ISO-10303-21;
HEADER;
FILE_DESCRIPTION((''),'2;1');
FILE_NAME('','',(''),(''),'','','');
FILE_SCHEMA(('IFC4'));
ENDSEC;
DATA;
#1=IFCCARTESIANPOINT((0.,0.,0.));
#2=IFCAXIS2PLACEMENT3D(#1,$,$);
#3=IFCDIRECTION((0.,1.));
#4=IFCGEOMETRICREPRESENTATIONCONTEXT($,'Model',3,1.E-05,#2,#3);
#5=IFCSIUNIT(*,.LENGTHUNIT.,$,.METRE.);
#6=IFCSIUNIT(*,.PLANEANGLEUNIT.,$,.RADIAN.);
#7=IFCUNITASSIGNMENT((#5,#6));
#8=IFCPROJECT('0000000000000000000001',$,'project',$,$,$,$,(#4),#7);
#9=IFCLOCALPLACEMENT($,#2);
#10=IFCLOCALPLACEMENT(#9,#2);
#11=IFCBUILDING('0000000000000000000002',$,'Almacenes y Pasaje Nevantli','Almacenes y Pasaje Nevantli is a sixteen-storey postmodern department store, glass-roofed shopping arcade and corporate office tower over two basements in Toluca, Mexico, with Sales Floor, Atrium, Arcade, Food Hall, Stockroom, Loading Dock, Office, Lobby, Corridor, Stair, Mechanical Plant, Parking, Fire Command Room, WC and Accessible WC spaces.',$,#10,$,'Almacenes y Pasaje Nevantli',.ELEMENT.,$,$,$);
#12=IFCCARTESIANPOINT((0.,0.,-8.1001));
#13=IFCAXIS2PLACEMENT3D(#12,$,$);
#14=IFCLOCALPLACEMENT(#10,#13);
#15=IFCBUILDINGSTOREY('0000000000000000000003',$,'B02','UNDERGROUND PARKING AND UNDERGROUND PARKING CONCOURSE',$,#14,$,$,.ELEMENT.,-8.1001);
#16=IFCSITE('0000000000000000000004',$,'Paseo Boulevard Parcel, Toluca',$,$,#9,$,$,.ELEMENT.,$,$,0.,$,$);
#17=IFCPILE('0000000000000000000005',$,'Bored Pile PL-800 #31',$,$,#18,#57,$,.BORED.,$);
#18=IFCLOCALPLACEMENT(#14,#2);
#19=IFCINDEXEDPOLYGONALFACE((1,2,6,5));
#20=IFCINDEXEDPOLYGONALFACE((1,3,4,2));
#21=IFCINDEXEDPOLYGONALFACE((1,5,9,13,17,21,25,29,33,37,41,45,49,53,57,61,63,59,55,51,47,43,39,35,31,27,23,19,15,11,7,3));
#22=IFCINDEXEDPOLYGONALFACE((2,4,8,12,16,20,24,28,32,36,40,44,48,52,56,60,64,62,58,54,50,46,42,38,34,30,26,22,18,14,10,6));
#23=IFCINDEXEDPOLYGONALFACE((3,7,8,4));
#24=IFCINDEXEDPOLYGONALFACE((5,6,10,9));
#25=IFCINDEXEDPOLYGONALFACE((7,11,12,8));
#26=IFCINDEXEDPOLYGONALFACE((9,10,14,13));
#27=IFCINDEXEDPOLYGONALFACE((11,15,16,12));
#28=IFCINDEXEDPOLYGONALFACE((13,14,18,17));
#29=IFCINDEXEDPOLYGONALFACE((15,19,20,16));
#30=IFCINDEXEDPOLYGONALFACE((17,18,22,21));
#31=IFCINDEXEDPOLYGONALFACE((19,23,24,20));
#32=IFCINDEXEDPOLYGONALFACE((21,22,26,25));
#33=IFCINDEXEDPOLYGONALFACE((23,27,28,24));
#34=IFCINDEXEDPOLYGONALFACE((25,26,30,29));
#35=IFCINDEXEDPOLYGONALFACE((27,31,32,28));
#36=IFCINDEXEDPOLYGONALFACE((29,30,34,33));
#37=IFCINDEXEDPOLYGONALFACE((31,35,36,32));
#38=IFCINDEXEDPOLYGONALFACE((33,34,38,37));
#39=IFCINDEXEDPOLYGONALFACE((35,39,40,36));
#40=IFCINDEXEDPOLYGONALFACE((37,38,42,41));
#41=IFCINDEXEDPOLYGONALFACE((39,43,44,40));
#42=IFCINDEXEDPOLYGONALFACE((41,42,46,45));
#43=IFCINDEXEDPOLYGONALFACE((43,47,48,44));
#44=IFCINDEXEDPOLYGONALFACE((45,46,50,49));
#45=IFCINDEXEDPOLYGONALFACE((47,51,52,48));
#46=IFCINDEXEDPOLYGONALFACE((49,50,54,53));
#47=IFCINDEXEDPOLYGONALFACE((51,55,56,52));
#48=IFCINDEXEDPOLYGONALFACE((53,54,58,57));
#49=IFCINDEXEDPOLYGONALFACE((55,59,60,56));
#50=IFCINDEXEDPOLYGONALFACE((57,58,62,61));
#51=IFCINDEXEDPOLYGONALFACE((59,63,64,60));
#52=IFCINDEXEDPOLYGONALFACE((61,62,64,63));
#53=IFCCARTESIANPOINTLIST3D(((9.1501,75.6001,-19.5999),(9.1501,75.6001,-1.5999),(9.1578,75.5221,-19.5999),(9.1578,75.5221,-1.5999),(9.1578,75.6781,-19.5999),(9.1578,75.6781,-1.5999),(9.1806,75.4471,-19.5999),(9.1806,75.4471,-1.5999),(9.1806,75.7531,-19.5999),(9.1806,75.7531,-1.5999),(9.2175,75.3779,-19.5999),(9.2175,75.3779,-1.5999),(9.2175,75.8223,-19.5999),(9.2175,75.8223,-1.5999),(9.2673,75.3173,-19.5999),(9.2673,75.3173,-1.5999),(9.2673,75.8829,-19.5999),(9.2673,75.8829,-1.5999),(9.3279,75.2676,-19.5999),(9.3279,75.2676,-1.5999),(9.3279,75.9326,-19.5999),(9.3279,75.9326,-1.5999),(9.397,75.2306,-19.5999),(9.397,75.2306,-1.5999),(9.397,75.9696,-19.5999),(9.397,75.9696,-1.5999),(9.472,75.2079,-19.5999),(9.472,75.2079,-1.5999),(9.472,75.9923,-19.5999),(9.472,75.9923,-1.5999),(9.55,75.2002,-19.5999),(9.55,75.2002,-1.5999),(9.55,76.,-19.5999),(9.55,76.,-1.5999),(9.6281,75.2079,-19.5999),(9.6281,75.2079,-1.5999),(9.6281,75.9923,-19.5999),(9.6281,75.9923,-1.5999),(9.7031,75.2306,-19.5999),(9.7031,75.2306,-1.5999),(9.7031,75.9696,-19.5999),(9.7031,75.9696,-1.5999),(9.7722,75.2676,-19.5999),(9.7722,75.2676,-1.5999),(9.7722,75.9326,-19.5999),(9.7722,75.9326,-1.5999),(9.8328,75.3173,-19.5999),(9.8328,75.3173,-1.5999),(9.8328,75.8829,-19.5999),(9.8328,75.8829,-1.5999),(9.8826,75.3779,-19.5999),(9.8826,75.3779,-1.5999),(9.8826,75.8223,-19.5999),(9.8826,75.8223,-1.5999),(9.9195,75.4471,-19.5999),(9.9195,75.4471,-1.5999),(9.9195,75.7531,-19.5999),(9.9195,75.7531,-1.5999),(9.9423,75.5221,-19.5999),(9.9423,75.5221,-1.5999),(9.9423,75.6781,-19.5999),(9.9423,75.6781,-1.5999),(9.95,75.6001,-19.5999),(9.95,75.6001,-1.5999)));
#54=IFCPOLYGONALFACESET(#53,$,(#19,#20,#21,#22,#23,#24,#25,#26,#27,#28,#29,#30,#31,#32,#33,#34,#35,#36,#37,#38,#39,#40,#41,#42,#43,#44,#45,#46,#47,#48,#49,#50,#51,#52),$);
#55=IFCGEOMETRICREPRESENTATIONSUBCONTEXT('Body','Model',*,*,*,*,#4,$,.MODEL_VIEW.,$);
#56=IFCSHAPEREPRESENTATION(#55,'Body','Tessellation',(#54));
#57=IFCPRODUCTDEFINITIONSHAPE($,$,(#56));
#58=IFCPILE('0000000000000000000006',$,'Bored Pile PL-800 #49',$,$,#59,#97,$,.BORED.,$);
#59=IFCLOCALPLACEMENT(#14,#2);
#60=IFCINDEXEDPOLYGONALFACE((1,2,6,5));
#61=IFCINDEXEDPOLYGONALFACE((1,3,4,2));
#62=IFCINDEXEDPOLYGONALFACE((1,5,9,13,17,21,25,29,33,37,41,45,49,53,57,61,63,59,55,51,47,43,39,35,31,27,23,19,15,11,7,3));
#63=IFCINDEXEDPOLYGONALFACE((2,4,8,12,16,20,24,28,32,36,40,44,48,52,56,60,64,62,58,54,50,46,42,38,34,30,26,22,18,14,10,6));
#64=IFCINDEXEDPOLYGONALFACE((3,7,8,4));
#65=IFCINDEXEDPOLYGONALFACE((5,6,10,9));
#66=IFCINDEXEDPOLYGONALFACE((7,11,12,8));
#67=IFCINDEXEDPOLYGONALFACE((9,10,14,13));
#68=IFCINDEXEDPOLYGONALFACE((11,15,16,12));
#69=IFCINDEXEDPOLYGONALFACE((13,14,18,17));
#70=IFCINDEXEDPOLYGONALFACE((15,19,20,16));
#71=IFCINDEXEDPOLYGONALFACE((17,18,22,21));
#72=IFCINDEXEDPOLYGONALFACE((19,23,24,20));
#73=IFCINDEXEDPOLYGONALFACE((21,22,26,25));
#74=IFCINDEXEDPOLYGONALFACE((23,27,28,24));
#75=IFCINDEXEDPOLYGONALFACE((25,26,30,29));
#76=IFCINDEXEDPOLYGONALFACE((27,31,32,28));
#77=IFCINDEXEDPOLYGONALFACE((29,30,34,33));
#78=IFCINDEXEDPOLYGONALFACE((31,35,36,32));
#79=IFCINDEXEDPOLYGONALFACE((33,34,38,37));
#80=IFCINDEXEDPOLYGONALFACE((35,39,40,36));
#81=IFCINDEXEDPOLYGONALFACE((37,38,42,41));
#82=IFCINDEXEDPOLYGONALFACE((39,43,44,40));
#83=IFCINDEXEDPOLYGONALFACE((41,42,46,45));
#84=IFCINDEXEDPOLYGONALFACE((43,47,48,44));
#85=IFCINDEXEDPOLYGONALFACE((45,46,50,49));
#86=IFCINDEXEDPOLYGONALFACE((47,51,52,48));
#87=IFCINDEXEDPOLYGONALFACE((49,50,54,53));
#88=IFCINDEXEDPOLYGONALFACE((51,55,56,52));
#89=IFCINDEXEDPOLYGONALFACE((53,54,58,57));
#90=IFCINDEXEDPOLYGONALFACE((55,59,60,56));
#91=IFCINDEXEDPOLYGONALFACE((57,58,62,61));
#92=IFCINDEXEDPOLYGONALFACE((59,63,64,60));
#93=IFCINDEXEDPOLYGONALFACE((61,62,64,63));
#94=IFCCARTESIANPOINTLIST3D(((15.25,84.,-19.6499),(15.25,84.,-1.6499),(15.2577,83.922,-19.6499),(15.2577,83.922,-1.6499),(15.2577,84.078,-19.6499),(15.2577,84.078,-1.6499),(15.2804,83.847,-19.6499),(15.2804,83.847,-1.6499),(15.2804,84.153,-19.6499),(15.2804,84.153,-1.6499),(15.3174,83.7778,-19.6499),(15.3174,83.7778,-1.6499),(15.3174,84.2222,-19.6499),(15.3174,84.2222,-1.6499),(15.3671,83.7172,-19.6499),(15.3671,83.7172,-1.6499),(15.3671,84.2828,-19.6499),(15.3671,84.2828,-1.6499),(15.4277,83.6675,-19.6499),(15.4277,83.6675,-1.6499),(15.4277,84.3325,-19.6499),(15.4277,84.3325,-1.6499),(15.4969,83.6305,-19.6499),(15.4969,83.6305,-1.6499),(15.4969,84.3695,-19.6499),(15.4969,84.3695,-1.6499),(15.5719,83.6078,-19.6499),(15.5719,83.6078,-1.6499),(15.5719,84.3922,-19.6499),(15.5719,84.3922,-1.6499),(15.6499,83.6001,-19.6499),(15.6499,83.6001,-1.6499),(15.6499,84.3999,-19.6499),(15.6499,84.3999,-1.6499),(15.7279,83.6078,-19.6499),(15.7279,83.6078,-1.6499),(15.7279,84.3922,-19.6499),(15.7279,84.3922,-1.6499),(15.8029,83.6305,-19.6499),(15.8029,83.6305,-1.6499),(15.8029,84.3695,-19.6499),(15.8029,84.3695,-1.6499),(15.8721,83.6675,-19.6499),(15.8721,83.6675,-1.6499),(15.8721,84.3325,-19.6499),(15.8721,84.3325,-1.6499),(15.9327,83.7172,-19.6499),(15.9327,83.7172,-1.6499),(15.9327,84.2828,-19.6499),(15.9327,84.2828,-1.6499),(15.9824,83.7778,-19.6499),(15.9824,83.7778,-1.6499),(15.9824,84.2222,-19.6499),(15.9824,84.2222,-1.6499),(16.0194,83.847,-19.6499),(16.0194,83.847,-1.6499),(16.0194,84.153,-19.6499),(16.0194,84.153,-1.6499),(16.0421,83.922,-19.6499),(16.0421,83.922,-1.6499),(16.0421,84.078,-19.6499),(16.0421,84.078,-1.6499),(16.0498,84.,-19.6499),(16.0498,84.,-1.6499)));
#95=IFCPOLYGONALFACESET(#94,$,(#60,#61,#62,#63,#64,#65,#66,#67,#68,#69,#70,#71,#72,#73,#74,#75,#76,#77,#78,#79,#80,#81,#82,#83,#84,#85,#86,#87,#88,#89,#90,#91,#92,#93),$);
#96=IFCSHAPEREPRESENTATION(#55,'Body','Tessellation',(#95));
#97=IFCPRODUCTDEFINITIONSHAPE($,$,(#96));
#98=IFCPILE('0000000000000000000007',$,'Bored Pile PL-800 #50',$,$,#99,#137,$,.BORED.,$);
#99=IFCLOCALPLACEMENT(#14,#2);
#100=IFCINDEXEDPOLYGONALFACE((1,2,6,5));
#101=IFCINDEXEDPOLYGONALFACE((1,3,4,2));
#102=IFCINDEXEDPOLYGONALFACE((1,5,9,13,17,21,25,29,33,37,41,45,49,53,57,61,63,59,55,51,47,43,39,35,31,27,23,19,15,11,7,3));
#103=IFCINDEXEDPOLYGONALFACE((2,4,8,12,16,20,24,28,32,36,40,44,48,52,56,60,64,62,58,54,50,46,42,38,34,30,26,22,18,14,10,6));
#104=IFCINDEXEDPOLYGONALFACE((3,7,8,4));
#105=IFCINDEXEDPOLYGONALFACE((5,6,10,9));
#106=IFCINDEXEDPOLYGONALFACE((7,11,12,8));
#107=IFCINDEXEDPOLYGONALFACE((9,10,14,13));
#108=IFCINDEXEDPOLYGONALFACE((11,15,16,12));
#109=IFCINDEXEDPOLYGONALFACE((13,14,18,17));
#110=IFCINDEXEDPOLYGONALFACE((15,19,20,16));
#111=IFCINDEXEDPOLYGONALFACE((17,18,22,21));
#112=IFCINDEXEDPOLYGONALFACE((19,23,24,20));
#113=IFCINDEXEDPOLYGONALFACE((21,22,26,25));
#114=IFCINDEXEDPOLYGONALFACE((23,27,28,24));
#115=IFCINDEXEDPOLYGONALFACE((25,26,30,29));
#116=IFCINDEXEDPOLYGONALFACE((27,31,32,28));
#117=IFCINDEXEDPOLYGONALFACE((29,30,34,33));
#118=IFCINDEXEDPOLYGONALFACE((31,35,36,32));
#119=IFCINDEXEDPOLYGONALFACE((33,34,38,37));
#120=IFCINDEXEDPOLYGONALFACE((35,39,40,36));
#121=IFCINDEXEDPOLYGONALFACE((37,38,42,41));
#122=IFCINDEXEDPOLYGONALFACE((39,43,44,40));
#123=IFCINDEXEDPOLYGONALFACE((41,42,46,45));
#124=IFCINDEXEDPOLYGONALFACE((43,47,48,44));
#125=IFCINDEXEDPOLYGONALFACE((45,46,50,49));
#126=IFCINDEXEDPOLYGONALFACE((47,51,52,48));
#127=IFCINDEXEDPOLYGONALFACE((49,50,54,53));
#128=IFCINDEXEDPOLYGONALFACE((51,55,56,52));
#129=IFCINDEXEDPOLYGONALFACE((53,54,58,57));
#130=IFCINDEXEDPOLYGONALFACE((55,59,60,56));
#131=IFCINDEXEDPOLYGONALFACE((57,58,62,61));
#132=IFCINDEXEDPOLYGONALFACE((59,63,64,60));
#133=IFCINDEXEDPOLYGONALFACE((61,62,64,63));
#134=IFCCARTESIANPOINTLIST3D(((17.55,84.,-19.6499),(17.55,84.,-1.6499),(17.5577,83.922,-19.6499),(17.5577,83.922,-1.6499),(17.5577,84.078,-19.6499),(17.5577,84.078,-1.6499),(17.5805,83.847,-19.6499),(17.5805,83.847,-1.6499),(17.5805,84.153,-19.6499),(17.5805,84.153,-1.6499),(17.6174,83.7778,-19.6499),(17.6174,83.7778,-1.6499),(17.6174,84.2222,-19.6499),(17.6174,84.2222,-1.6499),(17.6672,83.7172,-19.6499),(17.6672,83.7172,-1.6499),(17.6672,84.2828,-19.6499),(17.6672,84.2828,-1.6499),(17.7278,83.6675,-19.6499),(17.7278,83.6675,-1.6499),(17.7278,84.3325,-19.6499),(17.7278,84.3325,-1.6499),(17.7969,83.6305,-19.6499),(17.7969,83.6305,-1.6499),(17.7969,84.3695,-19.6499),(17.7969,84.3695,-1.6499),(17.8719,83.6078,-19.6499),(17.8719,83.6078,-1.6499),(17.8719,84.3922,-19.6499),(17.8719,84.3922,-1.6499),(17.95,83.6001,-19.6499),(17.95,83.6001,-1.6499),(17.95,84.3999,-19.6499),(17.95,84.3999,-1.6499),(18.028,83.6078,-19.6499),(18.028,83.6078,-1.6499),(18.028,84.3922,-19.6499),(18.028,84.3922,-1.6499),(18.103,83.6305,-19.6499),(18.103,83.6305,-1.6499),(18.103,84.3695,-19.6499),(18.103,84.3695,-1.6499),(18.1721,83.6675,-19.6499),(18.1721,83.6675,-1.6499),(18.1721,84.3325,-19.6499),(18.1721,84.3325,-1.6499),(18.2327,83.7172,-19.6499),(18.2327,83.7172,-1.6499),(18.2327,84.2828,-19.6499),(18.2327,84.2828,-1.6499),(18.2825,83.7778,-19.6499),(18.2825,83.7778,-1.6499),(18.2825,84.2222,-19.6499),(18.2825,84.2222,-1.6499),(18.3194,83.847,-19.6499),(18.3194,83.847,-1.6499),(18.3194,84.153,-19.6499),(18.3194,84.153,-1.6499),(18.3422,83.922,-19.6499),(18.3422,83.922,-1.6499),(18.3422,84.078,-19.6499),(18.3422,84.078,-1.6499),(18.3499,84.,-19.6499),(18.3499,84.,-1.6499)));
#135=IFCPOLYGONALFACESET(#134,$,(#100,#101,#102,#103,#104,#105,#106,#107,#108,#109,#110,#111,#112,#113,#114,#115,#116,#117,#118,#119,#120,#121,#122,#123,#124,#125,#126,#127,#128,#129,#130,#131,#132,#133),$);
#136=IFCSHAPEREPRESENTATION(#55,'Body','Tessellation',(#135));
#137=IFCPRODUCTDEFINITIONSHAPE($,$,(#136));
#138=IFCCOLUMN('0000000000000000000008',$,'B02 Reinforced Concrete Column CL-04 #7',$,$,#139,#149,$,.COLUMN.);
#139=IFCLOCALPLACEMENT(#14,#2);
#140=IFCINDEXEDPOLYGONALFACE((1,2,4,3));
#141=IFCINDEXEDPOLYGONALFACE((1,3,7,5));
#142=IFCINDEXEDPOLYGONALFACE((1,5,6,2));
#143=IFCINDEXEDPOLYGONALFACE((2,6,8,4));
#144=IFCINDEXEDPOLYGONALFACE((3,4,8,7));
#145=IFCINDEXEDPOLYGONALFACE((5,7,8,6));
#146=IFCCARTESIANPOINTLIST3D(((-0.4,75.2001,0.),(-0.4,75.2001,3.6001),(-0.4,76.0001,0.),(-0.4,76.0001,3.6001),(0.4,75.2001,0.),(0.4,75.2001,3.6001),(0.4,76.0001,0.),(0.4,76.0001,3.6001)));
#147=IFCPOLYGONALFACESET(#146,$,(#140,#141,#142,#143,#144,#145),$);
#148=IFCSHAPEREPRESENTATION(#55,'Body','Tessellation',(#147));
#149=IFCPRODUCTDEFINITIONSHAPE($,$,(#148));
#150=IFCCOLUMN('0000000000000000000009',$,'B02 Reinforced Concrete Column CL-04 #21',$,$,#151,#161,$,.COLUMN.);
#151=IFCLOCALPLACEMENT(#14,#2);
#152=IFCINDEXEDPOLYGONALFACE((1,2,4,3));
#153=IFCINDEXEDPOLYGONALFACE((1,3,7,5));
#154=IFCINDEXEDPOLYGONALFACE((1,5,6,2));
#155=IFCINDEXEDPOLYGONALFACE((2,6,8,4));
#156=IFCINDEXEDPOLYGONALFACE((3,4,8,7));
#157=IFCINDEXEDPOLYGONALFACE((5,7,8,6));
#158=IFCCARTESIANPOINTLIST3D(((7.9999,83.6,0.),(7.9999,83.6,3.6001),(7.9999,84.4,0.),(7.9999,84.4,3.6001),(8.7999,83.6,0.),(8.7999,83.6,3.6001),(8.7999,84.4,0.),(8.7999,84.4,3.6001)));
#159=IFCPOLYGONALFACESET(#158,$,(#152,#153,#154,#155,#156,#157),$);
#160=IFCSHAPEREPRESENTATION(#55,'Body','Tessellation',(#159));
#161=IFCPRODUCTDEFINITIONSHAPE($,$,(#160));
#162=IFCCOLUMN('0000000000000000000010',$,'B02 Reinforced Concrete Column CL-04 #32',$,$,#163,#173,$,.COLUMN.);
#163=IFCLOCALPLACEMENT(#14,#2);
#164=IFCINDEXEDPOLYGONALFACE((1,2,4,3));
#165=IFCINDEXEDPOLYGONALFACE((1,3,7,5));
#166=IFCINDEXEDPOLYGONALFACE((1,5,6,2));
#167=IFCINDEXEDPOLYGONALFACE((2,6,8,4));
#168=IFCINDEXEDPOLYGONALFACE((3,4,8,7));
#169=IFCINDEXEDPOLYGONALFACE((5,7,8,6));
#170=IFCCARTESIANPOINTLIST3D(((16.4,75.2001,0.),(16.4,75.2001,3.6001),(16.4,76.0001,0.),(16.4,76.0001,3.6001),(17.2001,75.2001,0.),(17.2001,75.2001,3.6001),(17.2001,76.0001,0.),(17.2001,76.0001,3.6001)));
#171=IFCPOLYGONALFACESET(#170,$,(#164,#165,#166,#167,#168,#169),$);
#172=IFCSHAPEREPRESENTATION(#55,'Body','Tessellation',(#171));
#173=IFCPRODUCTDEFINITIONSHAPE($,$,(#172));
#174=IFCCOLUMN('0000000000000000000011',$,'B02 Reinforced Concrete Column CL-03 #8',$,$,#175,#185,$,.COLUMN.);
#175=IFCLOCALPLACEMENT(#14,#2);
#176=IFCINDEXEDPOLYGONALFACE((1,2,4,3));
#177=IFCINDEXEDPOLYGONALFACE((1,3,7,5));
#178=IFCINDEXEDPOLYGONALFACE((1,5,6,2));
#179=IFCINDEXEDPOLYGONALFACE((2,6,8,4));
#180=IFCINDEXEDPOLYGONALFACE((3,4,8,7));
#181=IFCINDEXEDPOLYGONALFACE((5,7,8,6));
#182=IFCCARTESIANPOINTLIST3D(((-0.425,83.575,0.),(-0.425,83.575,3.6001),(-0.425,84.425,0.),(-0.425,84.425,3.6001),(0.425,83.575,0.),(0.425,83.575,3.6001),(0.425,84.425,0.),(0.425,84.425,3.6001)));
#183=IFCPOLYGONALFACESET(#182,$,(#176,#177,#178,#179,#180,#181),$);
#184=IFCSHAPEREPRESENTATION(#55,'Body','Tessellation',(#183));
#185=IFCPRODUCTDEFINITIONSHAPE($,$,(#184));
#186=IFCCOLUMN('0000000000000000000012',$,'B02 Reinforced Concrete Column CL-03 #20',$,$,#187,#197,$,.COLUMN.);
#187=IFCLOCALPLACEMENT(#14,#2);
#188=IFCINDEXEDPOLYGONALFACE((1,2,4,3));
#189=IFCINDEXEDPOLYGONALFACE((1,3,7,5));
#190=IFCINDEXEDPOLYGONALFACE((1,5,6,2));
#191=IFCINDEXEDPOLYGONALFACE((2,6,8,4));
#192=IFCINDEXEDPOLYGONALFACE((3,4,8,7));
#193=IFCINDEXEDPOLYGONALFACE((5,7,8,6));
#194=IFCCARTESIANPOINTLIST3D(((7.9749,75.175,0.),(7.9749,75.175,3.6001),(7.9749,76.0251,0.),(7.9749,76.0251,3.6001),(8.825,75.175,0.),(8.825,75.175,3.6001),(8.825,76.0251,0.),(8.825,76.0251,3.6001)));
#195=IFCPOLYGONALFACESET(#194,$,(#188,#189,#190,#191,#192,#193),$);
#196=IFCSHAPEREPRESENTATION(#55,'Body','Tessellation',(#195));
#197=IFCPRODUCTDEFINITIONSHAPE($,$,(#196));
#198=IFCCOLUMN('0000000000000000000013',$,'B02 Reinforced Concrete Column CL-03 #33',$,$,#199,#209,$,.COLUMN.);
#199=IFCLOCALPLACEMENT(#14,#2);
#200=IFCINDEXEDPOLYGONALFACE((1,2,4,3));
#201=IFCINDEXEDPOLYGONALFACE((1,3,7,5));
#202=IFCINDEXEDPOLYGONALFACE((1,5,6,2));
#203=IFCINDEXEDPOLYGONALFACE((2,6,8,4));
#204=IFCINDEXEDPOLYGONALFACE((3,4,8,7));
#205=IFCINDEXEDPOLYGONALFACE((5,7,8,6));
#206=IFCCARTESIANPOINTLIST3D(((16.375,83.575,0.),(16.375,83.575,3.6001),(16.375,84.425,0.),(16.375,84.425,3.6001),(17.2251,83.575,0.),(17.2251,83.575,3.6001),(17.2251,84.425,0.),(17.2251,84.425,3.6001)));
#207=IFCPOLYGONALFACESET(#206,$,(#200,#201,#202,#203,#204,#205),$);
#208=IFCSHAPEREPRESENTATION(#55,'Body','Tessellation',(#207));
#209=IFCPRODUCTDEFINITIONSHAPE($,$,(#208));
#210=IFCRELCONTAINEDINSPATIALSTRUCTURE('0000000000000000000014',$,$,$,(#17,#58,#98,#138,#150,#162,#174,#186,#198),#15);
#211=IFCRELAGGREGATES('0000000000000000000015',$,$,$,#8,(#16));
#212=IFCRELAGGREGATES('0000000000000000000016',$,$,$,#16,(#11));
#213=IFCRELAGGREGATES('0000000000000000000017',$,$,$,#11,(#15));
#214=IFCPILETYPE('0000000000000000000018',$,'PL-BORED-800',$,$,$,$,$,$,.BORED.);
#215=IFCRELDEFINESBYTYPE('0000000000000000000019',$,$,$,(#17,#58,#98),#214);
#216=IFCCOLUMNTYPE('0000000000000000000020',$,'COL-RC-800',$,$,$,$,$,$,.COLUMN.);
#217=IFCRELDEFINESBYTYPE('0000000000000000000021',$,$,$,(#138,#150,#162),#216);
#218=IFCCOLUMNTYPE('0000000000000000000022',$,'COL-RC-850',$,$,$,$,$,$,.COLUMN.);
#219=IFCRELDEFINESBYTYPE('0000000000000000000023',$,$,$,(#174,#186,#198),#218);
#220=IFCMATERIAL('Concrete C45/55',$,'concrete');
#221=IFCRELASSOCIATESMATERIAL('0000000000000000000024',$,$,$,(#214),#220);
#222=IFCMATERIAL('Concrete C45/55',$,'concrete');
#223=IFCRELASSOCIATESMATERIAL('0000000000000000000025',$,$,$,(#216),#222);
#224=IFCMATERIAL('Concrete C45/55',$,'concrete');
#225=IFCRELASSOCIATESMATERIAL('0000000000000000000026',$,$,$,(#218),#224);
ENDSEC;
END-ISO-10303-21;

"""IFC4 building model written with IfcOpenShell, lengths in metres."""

from ifc_helpers import new_model, si_unit, direction, frame, origin, origin_2d, place, context, subcontext, project, spatial, rectangle, circle, extrude, material, material_profile, profile_set, type_object, element, save


model = new_model("IFC4")

# Units and contexts
model_context = context("Model", 3, precision=1e-05, world=origin(), true_north=direction((0.0, 1.0)))
body_context = subcontext(model_context, "Body", "Model", "MODEL_VIEW")
ifc_project = project(units=[si_unit("LENGTHUNIT", "METRE"), si_unit("PLANEANGLEUNIT", "RADIAN")], contexts=[model_context])

# Site, building, storey
site_placement = place(None, origin())
site = spatial("IfcSite", under=ifc_project, at=site_placement, Name="Paseo Boulevard Parcel, Toluca", CompositionType="ELEMENT", RefElevation=0.0)
building_placement = place(site_placement, origin())
building = spatial("IfcBuilding", under=site, at=building_placement, Name="Almacenes y Pasaje Nevantli", Description="Almacenes y Pasaje Nevantli is a sixteen-storey postmodern department store, glass-roofed shopping arcade and corporate office tower over two basements in Toluca, Mexico, with Sales Floor, Atrium, Arcade, Food Hall, Stockroom, Loading Dock, Office, Lobby, Corridor, Stair, Mechanical Plant, Parking, Fire Command Room, WC and Accessible WC spaces.", LongName="Almacenes y Pasaje Nevantli", CompositionType="ELEMENT")
storey_placement = place(building_placement, frame((0.0, 0.0, -8.1001)))
storey = spatial("IfcBuildingStorey", under=building, at=storey_placement, Name="B02", Description="UNDERGROUND PARKING AND UNDERGROUND PARKING CONCOURSE", CompositionType="ELEMENT", Elevation=-8.1001)

# Piles
ifc_material_1 = material(Name="Concrete C45/55", Category="concrete")
ifc_material_profile_1 = material_profile(ifc_material_1, circle(Radius=0.3999, at=origin_2d()), Name="RC-PILE-D800")
ifc_profile_set_1 = profile_set([ifc_material_profile_1], Name="Concrete C45/55")
pile_type_1 = type_object("IfcPileType", Name="PL-BORED-800", PredefinedType="BORED", material=ifc_profile_set_1)
for number, where, z_axis, x_axis, name in (
    (1, (9.55, 75.6001, -1.5999), (0.0, 0.0, -1.0), (1.0, 0.0, 0.0), "Bored Pile PL-800 #31"),
    (2, (15.6499, 84.0, -1.6499), (0.0, 0.0, -1.0), (1.0, 0.0, 0.0), "Bored Pile PL-800 #49"),
    (3, (17.95, 84.0, -1.6499), (0.0, 0.0, -1.0), (1.0, 0.0, 0.0), "Bored Pile PL-800 #50"),
):
    element("IfcPile", number, at=place(storey_placement, frame(where, z_axis=z_axis, x_axis=x_axis)), inside=storey, type_object=pile_type_1, Name=name, PredefinedType="BORED", context=body_context, shape_type="SweptSolid", body=[
        extrude(circle(Radius=0.3999, at=origin_2d()), origin(), (0.0, 0.0, 1.0), 18.0),
    ])

# Columns
ifc_material_2 = material(Name="Concrete C45/55", Category="concrete")
ifc_material_profile_2 = material_profile(ifc_material_2, rectangle(XDim=0.8, YDim=0.8, at=origin_2d()), Name="RC-COL-800x800")
ifc_profile_set_2 = profile_set([ifc_material_profile_2], Name="Concrete C45/55")
column_type_1 = type_object("IfcColumnType", Name="COL-RC-800", PredefinedType="COLUMN", material=ifc_profile_set_2)
for number, where, z_axis, x_axis, name in (
    (4, (0.0, 75.6001, 0.0), (0.0, 0.0, 1.0), (1.0, 0.0, 0.0), "B02 Reinforced Concrete Column CL-04 #7"),
    (5, (8.3999, 84.0, 0.0), (0.0, 0.0, 1.0), (1.0, 0.0, 0.0), "B02 Reinforced Concrete Column CL-04 #21"),
    (6, (16.8, 75.6001, 0.0), (0.0, 0.0, 1.0), (1.0, 0.0, 0.0), "B02 Reinforced Concrete Column CL-04 #32"),
):
    element("IfcColumn", number, at=place(storey_placement, frame(where, z_axis=z_axis, x_axis=x_axis)), inside=storey, type_object=column_type_1, Name=name, PredefinedType="COLUMN", context=body_context, shape_type="SweptSolid", body=[
        extrude(rectangle(XDim=0.8, YDim=0.8, at=origin_2d()), origin(), (0.0, 0.0, 1.0), 3.6001),
    ])
ifc_material_3 = material(Name="Concrete C45/55", Category="concrete")
ifc_material_profile_3 = material_profile(ifc_material_3, rectangle(XDim=0.8501, YDim=0.8501, at=origin_2d()), Name="RC-COL-850x850")
ifc_profile_set_3 = profile_set([ifc_material_profile_3], Name="Concrete C45/55")
column_type_2 = type_object("IfcColumnType", Name="COL-RC-850", PredefinedType="COLUMN", material=ifc_profile_set_3)
for number, where, z_axis, x_axis, name in (
    (7, (0.0, 84.0, 0.0), (0.0, 0.0, 1.0), (1.0, 0.0, 0.0), "B02 Reinforced Concrete Column CL-03 #8"),
    (8, (8.3999, 75.6001, 0.0), (0.0, 0.0, 1.0), (1.0, 0.0, 0.0), "B02 Reinforced Concrete Column CL-03 #20"),
    (9, (16.8, 84.0, 0.0), (0.0, 0.0, 1.0), (1.0, 0.0, 0.0), "B02 Reinforced Concrete Column CL-03 #33"),
):
    element("IfcColumn", number, at=place(storey_placement, frame(where, z_axis=z_axis, x_axis=x_axis)), inside=storey, type_object=column_type_2, Name=name, PredefinedType="COLUMN", context=body_context, shape_type="SweptSolid", body=[
        extrude(rectangle(XDim=0.8501, YDim=0.8501, at=origin_2d()), origin(), (0.0, 0.0, 1.0), 3.6001),
    ])

save(model, "model.ifc")
